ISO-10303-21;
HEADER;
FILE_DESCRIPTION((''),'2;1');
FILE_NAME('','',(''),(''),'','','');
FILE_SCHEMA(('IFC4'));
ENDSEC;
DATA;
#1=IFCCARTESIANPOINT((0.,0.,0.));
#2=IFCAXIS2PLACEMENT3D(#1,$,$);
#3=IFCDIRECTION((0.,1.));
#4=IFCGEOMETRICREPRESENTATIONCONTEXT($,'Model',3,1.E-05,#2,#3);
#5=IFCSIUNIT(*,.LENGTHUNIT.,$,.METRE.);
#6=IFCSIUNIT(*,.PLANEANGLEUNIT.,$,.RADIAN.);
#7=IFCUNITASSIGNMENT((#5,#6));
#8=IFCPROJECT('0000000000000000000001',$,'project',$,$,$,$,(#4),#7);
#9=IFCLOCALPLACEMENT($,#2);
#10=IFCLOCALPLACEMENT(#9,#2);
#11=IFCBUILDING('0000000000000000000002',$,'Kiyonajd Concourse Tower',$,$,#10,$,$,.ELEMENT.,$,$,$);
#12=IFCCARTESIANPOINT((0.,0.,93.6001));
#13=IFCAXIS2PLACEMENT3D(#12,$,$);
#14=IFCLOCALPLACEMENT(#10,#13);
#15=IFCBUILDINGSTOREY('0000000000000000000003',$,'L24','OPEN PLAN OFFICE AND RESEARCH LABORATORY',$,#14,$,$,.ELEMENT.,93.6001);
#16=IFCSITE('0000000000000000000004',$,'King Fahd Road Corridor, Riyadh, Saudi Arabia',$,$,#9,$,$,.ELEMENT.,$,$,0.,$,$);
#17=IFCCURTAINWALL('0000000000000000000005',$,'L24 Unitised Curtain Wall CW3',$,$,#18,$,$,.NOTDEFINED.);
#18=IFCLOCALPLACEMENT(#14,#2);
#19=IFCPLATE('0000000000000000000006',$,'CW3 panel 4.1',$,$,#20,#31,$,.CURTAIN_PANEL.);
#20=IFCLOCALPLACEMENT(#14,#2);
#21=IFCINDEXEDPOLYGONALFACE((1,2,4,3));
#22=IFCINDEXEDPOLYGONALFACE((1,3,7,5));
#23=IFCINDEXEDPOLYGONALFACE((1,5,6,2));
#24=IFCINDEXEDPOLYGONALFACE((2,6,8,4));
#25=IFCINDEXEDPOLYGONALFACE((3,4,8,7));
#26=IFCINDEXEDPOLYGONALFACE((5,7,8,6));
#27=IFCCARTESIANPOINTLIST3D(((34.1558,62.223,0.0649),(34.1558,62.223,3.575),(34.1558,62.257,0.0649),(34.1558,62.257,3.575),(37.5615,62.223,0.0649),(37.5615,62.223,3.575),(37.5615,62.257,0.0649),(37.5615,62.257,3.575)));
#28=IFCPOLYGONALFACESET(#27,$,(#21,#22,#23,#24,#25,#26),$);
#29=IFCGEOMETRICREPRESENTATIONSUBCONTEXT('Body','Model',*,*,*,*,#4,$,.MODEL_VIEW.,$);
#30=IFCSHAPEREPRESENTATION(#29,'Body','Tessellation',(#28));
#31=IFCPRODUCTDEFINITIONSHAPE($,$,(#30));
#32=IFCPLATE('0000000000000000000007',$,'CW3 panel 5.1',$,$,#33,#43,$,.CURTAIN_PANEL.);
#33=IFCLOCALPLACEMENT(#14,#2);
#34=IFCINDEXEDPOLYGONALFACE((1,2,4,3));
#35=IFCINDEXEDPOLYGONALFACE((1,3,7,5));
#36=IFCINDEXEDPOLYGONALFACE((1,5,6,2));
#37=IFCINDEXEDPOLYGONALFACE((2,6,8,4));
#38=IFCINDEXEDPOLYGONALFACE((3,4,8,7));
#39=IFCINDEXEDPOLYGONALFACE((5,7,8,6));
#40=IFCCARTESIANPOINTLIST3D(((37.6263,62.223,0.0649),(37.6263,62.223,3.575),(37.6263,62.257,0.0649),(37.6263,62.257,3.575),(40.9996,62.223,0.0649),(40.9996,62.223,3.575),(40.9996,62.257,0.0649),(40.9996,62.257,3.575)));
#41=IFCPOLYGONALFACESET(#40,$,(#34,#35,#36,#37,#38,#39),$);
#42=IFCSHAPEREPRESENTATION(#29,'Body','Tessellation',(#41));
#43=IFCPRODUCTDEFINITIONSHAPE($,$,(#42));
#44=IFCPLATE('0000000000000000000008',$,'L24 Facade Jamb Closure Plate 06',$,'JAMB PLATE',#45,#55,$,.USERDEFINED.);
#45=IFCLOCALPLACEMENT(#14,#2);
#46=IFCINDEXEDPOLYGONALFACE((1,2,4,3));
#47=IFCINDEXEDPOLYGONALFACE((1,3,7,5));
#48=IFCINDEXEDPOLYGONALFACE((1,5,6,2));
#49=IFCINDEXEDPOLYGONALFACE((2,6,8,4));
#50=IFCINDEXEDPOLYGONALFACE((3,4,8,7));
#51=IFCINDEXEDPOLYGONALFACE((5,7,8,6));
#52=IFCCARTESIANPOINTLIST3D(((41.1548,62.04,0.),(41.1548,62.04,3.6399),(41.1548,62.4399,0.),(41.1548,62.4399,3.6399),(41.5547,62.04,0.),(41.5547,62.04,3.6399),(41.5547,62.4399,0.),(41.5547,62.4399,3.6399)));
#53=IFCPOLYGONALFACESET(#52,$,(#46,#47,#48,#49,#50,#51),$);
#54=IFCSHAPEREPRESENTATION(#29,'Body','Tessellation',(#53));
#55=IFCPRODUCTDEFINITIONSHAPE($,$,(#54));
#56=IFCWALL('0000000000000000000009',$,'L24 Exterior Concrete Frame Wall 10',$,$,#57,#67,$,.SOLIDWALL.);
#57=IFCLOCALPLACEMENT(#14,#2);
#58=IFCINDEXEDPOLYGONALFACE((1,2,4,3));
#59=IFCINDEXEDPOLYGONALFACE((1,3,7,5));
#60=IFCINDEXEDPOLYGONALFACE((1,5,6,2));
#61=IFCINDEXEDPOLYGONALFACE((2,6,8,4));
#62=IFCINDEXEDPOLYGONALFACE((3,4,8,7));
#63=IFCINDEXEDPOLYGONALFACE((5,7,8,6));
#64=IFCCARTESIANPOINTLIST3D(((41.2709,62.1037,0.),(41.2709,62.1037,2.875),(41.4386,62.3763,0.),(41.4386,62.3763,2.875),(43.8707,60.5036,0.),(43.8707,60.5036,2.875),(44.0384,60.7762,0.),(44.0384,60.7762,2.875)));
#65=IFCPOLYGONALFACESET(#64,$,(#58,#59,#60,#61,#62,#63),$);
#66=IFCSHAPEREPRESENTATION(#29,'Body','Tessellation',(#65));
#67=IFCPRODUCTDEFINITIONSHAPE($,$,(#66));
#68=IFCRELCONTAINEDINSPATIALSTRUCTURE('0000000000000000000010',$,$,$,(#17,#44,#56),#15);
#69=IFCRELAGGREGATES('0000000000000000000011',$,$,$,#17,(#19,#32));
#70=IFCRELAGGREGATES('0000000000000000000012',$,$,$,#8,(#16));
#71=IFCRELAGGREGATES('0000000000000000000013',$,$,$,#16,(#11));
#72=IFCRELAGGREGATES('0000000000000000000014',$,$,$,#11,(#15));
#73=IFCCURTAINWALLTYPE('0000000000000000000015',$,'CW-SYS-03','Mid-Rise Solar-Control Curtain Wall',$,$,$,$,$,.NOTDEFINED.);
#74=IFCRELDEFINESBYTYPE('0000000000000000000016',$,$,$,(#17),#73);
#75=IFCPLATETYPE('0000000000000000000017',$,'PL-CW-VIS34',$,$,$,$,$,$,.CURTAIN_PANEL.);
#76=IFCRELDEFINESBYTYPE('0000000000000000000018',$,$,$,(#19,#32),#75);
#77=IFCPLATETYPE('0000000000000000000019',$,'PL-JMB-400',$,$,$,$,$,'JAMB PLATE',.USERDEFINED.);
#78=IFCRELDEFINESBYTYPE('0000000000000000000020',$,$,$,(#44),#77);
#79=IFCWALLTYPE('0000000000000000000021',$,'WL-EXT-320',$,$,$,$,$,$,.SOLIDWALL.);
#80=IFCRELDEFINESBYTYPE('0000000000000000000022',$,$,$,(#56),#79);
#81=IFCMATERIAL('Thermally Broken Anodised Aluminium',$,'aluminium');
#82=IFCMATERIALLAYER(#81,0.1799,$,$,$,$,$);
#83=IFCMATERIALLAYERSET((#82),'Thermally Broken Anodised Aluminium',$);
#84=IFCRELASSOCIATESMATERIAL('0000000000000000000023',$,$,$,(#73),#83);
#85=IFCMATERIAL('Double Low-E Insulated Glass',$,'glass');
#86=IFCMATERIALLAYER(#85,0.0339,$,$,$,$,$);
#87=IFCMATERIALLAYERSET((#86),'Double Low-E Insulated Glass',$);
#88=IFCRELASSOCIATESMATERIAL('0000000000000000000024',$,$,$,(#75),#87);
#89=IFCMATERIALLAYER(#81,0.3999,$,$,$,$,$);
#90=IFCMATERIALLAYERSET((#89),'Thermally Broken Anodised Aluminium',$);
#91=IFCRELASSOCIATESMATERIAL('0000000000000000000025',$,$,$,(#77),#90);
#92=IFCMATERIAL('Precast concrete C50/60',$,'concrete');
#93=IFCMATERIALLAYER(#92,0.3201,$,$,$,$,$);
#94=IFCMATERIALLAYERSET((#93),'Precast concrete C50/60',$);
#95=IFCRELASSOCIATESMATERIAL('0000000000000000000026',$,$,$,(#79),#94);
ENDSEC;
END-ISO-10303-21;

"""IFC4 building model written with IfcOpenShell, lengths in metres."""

from ifc_helpers import new_model, si_unit, direction, frame, frame_2d, origin, origin_2d, place, context, subcontext, project, spatial, rectangle, extrude, material, layer, layer_set, type_object, element, aggregate, save


model = new_model("IFC4")

# Units and contexts
model_context = context("Model", 3, precision=1e-05, world=origin(), true_north=direction((0.0, 1.0)))
body_context = subcontext(model_context, "Body", "Model", "MODEL_VIEW")
ifc_project = project(units=[si_unit("LENGTHUNIT", "METRE"), si_unit("PLANEANGLEUNIT", "RADIAN")], contexts=[model_context])

# Site, building, storey
site_placement = place(None, origin())
site = spatial("IfcSite", under=ifc_project, at=site_placement, Name="King Fahd Road Corridor, Riyadh, Saudi Arabia", CompositionType="ELEMENT", RefElevation=0.0)
building_placement = place(site_placement, origin())
building = spatial("IfcBuilding", under=site, at=building_placement, Name="Kiyonajd Concourse Tower", CompositionType="ELEMENT")
storey_placement = place(building_placement, frame((0.0, 0.0, 93.6001)))
storey = spatial("IfcBuildingStorey", under=building, at=storey_placement, Name="L24", Description="OPEN PLAN OFFICE AND RESEARCH LABORATORY", CompositionType="ELEMENT", Elevation=93.6001)

# Shared definitions
ifc_material_1 = material(Name="Precast concrete C50/60", Category="concrete")

# Curtain wall, plates
ifc_material_2 = material(Name="Thermally Broken Anodised Aluminium", Category="aluminium")
ifc_layer_1 = layer(ifc_material_2, 0.1799)
ifc_layer_set_1 = layer_set([ifc_layer_1], Name="Thermally Broken Anodised Aluminium")
curtain_wall_type = type_object("IfcCurtainWallType", Name="CW-SYS-03", Description="Mid-Rise Solar-Control Curtain Wall", PredefinedType="NOTDEFINED", material=ifc_layer_set_1)
curtain_wall_placement = place(storey_placement, origin())
curtain_wall = element("IfcCurtainWall", 1, at=curtain_wall_placement, inside=storey, type_object=curtain_wall_type, Name="L24 Unitised Curtain Wall CW3", PredefinedType="NOTDEFINED")
ifc_material_3 = material(Name="Double Low-E Insulated Glass", Category="glass")
ifc_layer_2 = layer(ifc_material_3, 0.0339)
ifc_layer_set_2 = layer_set([ifc_layer_2], Name="Double Low-E Insulated Glass")
plate_type_1 = type_object("IfcPlateType", Name="PL-CW-VIS34", PredefinedType="CURTAIN_PANEL", material=ifc_layer_set_2)
plate_1_placement = place(storey_placement, frame((35.8586, 62.24, 0.0649), z_axis=(0.0, 0.0, 1.0), x_axis=(1.0, 0.0, 0.0)))
plate_1 = element("IfcPlate", 2, at=plate_1_placement, type_object=plate_type_1, Name="CW3 panel 4.1", PredefinedType="CURTAIN_PANEL", context=body_context, shape_type="SweptSolid", body=[
    extrude(rectangle(XDim=3.4058, YDim=0.0339, at=origin_2d()), origin(), (0.0, 0.0, 1.0), 3.51),
])
plate_2_placement = place(storey_placement, frame((39.313, 62.24, 0.0649), z_axis=(0.0, 0.0, 1.0), x_axis=(1.0, 0.0, 0.0)))
plate_2 = element("IfcPlate", 3, at=plate_2_placement, type_object=plate_type_1, Name="CW3 panel 5.1", PredefinedType="CURTAIN_PANEL", context=body_context, shape_type="SweptSolid", body=[
    extrude(rectangle(XDim=3.3733, YDim=0.0339, at=origin_2d()), origin(), (0.0, 0.0, 1.0), 3.51),
])
aggregate(curtain_wall, [plate_1, plate_2])

# Plate
ifc_layer_3 = layer(ifc_material_2, 0.3999)
ifc_layer_set_3 = layer_set([ifc_layer_3], Name="Thermally Broken Anodised Aluminium")
plate_type_2 = type_object("IfcPlateType", Name="PL-JMB-400", ElementType="JAMB PLATE", PredefinedType="USERDEFINED", material=ifc_layer_set_3)
plate_3_placement = place(storey_placement, frame((41.3547, 62.24, 0.0), z_axis=(0.0, 0.0, 1.0), x_axis=(1.0, 0.0, 0.0)))
element("IfcPlate", 4, at=plate_3_placement, inside=storey, type_object=plate_type_2, Name="L24 Facade Jamb Closure Plate 06", ObjectType="JAMB PLATE", PredefinedType="USERDEFINED", context=body_context, shape_type="SweptSolid", body=[
    extrude(rectangle(XDim=0.3999, YDim=0.3999, at=origin_2d()), origin(), (0.0, 0.0, 1.0), 3.6399),
])

# Wall
ifc_layer_4 = layer(ifc_material_1, 0.3201)
ifc_layer_set_4 = layer_set([ifc_layer_4], Name="Precast concrete C50/60")
wall_type = type_object("IfcWallType", Name="WL-EXT-320", PredefinedType="SOLIDWALL", material=ifc_layer_set_4)
wall_placement = place(storey_placement, frame((41.3547, 62.24, 0.0), z_axis=(0.0, 0.0, 1.0), x_axis=(0.851631, -0.524142, 0.0)))
element("IfcWall", 5, at=wall_placement, inside=storey, type_object=wall_type, Name="L24 Exterior Concrete Frame Wall 10", PredefinedType="SOLIDWALL", context=body_context, shape_type="SweptSolid", body=[
    extrude(rectangle(XDim=3.0527, YDim=0.3201, at=frame_2d((1.5264, 0.0))), origin(), (0.0, 0.0, 1.0), 2.875),
])

save(model, "model.ifc")
